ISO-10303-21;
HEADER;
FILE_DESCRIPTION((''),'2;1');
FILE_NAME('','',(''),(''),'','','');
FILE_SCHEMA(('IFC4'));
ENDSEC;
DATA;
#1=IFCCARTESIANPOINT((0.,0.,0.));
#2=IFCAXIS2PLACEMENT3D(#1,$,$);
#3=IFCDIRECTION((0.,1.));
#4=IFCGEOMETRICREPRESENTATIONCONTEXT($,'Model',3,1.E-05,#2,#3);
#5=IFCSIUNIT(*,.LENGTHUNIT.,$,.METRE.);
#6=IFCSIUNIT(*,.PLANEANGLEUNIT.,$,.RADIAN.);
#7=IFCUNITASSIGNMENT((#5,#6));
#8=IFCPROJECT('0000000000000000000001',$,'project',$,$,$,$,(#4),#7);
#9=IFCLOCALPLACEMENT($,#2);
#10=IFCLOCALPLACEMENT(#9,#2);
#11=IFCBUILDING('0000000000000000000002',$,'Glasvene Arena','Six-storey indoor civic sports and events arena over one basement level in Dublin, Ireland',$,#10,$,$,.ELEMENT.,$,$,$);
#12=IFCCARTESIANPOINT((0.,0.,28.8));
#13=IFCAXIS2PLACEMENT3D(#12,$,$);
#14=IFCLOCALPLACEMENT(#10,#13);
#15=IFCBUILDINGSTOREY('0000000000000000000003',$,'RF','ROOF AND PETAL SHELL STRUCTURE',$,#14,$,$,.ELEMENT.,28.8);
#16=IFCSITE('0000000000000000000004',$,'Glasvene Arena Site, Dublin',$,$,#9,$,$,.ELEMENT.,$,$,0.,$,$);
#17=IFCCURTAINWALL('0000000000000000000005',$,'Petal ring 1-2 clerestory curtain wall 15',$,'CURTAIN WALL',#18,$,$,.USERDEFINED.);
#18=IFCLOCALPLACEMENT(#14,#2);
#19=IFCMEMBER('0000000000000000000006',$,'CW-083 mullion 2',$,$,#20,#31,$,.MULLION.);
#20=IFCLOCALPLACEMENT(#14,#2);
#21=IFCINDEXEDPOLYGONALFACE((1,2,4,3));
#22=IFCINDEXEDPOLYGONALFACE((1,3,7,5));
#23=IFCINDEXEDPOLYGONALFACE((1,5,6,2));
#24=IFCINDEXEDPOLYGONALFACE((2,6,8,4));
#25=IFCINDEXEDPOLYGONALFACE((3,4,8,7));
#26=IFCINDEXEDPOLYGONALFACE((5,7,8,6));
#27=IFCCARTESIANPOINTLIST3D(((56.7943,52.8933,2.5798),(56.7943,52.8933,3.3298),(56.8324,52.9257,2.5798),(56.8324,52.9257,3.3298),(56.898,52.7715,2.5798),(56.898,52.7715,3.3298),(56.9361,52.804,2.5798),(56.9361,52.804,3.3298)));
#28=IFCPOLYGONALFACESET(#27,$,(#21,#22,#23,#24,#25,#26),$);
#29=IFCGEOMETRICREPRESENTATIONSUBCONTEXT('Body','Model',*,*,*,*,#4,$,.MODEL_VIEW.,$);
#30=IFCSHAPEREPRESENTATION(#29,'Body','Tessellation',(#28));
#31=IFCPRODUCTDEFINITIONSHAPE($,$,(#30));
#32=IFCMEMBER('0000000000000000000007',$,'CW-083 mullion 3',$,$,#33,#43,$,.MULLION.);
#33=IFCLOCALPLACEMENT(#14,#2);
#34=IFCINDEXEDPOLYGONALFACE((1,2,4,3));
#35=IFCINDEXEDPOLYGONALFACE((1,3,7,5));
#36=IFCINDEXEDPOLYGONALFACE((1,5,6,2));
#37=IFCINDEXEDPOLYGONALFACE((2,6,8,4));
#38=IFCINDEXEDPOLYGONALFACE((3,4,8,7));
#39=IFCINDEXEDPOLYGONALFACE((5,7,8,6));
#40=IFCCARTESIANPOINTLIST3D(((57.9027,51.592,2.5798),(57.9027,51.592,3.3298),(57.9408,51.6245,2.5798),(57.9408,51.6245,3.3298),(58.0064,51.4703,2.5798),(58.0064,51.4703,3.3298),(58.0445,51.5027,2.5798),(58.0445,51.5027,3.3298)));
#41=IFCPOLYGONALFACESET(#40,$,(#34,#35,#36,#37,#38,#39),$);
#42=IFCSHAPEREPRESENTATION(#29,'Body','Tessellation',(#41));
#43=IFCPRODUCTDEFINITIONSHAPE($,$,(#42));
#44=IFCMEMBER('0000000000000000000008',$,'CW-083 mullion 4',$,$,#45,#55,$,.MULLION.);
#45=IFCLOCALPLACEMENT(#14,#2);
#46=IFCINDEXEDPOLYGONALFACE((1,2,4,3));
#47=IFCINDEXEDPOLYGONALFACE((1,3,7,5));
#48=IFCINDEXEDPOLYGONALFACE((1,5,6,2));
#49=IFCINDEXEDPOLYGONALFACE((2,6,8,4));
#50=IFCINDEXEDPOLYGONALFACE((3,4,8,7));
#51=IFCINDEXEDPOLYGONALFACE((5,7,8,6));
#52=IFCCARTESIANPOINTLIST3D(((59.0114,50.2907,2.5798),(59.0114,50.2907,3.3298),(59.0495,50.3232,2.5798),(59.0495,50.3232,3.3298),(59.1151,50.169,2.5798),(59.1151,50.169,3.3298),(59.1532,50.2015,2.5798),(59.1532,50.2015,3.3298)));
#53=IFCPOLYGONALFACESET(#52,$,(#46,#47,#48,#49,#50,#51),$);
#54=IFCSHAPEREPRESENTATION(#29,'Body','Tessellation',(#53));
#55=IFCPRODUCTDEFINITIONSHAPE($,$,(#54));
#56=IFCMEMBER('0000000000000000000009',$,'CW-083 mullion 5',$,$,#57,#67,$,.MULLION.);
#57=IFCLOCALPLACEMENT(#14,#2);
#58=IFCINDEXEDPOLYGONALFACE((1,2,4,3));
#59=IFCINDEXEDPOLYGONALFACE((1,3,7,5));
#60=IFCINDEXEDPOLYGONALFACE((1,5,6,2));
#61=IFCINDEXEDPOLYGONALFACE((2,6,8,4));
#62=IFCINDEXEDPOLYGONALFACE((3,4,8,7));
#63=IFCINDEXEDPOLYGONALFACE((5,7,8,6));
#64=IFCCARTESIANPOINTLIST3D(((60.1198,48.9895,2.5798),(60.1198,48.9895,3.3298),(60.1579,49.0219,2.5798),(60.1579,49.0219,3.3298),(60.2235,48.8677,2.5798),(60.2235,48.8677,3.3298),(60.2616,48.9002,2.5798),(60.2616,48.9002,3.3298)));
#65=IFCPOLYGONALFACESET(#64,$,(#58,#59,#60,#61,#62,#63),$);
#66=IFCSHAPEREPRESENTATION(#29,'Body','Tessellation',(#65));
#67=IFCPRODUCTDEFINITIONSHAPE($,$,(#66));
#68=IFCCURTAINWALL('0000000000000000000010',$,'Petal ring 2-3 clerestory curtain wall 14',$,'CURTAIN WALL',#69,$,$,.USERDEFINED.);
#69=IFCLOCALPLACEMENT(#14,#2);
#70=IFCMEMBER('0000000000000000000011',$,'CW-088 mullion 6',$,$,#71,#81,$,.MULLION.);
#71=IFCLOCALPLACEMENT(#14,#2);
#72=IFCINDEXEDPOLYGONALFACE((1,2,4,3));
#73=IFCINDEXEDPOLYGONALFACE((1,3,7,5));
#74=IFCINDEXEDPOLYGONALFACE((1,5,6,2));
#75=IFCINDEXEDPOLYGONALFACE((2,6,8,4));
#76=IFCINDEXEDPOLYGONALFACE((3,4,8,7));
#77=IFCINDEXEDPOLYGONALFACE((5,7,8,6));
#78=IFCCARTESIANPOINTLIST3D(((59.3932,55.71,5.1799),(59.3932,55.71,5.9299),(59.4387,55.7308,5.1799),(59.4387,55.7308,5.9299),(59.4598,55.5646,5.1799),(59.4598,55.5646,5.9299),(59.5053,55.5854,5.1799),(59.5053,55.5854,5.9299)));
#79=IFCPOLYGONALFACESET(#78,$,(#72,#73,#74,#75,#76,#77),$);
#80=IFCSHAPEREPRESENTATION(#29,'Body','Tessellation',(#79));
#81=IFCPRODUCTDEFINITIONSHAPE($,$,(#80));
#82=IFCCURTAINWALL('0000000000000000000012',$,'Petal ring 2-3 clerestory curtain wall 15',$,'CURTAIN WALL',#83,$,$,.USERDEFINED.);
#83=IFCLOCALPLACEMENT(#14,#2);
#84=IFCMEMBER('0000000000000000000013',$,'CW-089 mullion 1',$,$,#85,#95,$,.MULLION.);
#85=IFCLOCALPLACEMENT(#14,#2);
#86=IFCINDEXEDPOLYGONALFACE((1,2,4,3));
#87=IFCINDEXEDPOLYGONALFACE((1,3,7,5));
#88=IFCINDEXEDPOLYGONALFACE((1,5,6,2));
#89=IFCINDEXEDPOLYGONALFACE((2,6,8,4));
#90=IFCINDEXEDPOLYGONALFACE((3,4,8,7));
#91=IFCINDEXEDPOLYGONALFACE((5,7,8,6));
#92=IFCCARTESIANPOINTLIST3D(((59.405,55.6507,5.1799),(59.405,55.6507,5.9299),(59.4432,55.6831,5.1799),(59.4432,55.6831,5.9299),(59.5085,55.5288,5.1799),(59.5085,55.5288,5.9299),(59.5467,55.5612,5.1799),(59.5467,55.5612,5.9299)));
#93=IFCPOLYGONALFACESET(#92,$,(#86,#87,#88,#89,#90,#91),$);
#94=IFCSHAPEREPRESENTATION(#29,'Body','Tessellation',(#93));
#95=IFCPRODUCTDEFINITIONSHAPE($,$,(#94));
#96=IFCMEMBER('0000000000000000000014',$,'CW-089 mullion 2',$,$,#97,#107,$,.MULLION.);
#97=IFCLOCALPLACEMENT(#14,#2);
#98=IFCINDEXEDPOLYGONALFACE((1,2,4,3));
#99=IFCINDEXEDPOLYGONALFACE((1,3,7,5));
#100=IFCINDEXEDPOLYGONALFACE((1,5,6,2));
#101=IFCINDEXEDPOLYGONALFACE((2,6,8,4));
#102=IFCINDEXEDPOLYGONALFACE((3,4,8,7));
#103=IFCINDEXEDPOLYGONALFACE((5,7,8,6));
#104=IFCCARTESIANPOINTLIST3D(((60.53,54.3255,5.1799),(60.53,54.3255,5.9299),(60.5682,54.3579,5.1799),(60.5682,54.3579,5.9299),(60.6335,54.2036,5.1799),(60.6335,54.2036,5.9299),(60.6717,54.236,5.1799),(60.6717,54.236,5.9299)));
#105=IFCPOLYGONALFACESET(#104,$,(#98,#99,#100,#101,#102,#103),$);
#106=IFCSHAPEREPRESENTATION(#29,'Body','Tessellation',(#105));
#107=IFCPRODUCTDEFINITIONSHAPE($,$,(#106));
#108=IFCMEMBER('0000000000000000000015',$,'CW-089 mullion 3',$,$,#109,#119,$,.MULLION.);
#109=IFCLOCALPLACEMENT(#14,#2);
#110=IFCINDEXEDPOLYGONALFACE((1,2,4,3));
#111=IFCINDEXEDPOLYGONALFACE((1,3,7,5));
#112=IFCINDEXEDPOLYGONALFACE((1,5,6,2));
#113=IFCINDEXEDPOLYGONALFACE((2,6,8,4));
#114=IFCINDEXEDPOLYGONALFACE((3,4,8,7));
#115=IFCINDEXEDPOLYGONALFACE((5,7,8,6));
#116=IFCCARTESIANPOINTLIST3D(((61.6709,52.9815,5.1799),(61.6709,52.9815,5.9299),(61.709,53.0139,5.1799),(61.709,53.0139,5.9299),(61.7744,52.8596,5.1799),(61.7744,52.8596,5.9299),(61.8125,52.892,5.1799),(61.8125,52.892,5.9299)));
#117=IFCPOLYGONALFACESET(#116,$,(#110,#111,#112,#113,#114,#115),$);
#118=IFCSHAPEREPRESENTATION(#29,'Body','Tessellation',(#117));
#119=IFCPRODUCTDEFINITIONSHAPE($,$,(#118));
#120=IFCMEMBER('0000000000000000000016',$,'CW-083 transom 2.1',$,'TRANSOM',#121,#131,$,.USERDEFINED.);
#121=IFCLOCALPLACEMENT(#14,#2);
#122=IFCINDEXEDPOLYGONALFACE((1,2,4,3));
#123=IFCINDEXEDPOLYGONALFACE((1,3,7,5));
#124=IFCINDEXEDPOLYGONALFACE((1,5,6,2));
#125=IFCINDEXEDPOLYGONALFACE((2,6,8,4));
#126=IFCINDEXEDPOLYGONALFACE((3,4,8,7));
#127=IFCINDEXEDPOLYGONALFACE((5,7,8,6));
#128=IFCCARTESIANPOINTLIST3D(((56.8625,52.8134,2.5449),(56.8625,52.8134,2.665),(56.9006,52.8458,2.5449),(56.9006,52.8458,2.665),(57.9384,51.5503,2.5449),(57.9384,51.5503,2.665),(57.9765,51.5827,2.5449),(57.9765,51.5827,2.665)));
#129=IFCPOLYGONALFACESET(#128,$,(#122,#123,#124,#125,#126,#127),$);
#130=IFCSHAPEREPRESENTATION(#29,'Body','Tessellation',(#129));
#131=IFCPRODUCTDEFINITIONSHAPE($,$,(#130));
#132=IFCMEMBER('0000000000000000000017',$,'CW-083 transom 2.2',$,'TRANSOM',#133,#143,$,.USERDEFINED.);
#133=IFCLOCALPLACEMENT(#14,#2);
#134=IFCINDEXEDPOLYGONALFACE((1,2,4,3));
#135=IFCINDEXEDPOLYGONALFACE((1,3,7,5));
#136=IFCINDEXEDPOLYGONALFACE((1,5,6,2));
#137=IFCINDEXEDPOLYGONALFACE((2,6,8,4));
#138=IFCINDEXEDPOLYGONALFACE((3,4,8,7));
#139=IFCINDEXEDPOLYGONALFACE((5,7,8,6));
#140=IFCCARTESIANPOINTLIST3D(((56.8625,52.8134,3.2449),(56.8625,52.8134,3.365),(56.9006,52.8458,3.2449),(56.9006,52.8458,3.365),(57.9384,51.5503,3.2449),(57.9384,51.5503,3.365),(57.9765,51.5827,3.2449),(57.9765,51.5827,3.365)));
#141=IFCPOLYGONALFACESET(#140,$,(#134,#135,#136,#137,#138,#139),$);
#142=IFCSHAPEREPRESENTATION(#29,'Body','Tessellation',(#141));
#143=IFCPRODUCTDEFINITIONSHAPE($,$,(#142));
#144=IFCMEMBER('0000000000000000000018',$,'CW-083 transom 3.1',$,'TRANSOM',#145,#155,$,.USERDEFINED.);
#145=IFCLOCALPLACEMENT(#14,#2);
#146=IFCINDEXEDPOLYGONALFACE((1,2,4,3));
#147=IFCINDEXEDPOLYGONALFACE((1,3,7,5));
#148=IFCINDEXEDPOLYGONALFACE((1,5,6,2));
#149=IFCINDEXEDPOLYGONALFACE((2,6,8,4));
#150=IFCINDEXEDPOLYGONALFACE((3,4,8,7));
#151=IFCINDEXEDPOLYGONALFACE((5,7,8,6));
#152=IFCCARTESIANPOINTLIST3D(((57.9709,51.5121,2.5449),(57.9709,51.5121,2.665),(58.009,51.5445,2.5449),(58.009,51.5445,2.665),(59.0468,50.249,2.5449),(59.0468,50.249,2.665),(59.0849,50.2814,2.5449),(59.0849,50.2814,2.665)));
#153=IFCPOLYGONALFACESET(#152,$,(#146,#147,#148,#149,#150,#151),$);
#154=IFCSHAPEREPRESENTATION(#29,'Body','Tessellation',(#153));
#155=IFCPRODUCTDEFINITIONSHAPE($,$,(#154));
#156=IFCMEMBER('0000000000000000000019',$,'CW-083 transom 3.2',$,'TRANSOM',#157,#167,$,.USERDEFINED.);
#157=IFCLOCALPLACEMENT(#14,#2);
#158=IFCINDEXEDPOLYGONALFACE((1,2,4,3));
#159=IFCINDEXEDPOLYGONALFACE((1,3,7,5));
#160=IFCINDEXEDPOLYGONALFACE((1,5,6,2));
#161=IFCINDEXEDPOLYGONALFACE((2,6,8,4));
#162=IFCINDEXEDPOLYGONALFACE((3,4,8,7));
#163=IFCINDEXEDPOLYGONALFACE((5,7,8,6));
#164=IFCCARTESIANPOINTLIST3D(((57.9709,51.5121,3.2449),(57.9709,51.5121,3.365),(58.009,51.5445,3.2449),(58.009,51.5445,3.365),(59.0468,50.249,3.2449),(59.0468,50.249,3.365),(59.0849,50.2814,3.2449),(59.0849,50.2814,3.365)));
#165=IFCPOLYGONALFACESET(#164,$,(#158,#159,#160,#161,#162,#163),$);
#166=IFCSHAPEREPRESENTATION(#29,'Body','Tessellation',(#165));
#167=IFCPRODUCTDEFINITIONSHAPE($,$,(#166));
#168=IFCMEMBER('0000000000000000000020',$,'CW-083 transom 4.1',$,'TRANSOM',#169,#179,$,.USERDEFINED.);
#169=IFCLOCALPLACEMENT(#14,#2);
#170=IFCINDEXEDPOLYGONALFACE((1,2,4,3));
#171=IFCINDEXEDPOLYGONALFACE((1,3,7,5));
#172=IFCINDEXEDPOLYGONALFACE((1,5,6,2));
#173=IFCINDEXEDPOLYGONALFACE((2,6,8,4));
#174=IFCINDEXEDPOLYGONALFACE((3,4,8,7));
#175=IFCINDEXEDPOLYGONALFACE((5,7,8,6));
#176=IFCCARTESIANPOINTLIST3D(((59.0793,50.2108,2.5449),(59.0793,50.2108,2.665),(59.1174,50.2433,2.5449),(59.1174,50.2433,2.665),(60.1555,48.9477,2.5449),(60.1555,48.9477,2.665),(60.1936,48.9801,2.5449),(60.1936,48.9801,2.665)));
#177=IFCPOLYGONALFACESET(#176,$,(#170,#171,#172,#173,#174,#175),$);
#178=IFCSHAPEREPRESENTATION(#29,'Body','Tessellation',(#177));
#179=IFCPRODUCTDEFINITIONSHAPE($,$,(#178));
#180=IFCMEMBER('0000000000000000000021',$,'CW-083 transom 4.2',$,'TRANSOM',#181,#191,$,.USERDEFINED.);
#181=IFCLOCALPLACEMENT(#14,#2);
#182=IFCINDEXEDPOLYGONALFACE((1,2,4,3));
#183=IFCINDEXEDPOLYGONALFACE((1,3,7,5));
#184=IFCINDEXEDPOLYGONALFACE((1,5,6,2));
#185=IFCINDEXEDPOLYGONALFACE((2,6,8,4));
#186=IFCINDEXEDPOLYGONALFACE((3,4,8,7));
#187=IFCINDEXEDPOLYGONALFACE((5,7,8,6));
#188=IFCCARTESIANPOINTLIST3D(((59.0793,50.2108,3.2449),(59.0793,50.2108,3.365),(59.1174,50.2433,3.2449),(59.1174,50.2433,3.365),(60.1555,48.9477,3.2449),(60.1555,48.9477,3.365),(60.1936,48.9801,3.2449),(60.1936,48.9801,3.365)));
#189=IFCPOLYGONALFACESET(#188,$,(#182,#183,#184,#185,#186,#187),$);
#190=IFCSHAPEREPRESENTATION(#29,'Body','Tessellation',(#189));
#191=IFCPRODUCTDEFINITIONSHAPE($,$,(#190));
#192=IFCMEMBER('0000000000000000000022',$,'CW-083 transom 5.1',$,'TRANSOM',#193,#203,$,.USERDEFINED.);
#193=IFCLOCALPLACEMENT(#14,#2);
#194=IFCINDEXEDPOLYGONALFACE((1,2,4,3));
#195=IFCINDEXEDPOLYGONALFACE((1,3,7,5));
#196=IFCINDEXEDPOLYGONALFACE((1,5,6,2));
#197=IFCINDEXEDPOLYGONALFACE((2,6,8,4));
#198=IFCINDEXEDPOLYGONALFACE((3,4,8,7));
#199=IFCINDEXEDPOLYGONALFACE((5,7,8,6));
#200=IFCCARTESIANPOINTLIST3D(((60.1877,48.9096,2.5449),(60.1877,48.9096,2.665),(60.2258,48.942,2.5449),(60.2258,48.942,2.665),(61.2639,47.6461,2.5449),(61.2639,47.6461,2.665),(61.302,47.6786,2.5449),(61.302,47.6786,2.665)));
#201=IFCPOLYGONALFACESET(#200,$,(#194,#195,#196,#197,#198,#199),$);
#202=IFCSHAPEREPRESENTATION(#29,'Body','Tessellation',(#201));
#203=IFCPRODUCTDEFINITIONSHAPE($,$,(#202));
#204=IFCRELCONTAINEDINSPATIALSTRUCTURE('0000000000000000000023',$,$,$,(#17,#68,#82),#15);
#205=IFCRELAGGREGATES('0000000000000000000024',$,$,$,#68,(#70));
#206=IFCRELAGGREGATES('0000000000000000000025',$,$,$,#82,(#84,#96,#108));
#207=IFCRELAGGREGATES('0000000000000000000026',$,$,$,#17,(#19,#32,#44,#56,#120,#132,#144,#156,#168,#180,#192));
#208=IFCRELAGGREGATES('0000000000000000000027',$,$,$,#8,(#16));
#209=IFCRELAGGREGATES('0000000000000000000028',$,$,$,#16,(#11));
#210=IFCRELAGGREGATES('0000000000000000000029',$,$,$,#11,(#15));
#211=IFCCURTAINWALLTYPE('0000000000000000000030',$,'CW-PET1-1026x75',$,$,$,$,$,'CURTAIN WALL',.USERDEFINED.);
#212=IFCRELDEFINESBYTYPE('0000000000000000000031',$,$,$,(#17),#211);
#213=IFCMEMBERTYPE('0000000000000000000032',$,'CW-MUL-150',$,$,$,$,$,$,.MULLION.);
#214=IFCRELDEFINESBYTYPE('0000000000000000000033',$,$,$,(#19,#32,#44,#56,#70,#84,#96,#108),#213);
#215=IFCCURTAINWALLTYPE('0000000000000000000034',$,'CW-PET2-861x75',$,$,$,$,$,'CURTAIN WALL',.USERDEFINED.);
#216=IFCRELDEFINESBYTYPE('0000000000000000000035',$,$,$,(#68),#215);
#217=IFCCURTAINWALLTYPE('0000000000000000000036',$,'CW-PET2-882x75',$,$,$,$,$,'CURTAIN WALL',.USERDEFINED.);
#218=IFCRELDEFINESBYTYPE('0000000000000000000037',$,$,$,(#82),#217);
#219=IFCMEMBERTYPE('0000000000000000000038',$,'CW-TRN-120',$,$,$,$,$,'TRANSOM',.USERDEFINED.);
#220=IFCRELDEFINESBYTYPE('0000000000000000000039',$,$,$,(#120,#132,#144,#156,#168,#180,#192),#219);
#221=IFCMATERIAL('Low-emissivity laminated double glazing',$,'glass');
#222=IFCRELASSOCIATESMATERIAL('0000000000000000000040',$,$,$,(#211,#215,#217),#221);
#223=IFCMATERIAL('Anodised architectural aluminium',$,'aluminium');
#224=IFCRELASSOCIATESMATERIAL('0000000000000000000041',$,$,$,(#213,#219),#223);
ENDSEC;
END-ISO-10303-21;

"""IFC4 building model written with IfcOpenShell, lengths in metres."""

from ifc_helpers import new_model, si_unit, direction, frame, origin, origin_2d, place, context, subcontext, project, spatial, rectangle, extrude, material, material_profile, profile_set, type_object, element, aggregate, save


model = new_model("IFC4")

# Units and contexts
model_context = context("Model", 3, precision=1e-05, world=origin(), true_north=direction((0.0, 1.0)))
body_context = subcontext(model_context, "Body", "Model", "MODEL_VIEW")
ifc_project = project(units=[si_unit("LENGTHUNIT", "METRE"), si_unit("PLANEANGLEUNIT", "RADIAN")], contexts=[model_context])

# Site, building, storey
site_placement = place(None, origin())
site = spatial("IfcSite", under=ifc_project, at=site_placement, Name="Glasvene Arena Site, Dublin", CompositionType="ELEMENT", RefElevation=0.0)
building_placement = place(site_placement, origin())
building = spatial("IfcBuilding", under=site, at=building_placement, Name="Glasvene Arena", Description="Six-storey indoor civic sports and events arena over one basement level in Dublin, Ireland", CompositionType="ELEMENT")
storey_placement = place(building_placement, frame((0.0, 0.0, 28.8)))
storey = spatial("IfcBuildingStorey", under=building, at=storey_placement, Name="RF", Description="ROOF AND PETAL SHELL STRUCTURE", CompositionType="ELEMENT", Elevation=28.8)

# Curtain wall, members
ifc_material_1 = material(Name="Low-emissivity laminated double glazing", Category="glass")
curtain_wall_type_1 = type_object("IfcCurtainWallType", Name="CW-PET1-1026x75", ElementType="CURTAIN WALL", PredefinedType="USERDEFINED", material=ifc_material_1)
curtain_wall_1_placement = place(storey_placement, frame((55.7568, 54.1499, 0.0)))
curtain_wall_1 = element("IfcCurtainWall", 1, at=curtain_wall_1_placement, inside=storey, type_object=curtain_wall_type_1, Name="Petal ring 1-2 clerestory curtain wall 15", ObjectType="CURTAIN WALL", PredefinedType="USERDEFINED")
ifc_material_2 = material(Name="Anodised architectural aluminium", Category="aluminium")
ifc_material_profile_1 = material_profile(ifc_material_2, rectangle(XDim=0.05, YDim=0.1599, at=origin_2d()), Name="ALU MULLION 50x160")
ifc_profile_set_1 = profile_set([ifc_material_profile_1], Name="Anodised architectural aluminium")
member_type_1 = type_object("IfcMemberType", Name="CW-MUL-150", PredefinedType="MULLION", material=ifc_profile_set_1)
member_1_placement = place(storey_placement, frame((56.8652, 52.8486, 2.5798), z_axis=(0.0, 0.0, 1.0), x_axis=(0.761261, 0.648445, 0.0)))
member_1 = element("IfcMember", 2, at=member_1_placement, type_object=member_type_1, Name="CW-083 mullion 2", PredefinedType="MULLION", context=body_context, shape_type="SweptSolid", body=[
    extrude(rectangle(XDim=0.05, YDim=0.1599, at=origin_2d()), origin(), (0.0, 0.0, 1.0), 0.75),
])
member_2_placement = place(storey_placement, frame((57.9736, 51.5474, 2.5798), z_axis=(0.0, 0.0, 1.0), x_axis=(0.761261, 0.648445, 0.0)))
member_2 = element("IfcMember", 3, at=member_2_placement, type_object=member_type_1, Name="CW-083 mullion 3", PredefinedType="MULLION", context=body_context, shape_type="SweptSolid", body=[
    extrude(rectangle(XDim=0.05, YDim=0.1599, at=origin_2d()), origin(), (0.0, 0.0, 1.0), 0.75),
])
member_3_placement = place(storey_placement, frame((59.0823, 50.2461, 2.5798), z_axis=(0.0, 0.0, 1.0), x_axis=(0.761261, 0.648445, 0.0)))
member_3 = element("IfcMember", 4, at=member_3_placement, type_object=member_type_1, Name="CW-083 mullion 4", PredefinedType="MULLION", context=body_context, shape_type="SweptSolid", body=[
    extrude(rectangle(XDim=0.05, YDim=0.1599, at=origin_2d()), origin(), (0.0, 0.0, 1.0), 0.75),
])
member_4_placement = place(storey_placement, frame((60.1907, 48.9448, 2.5798), z_axis=(0.0, 0.0, 1.0), x_axis=(0.761261, 0.648445, 0.0)))
member_4 = element("IfcMember", 5, at=member_4_placement, type_object=member_type_1, Name="CW-083 mullion 5", PredefinedType="MULLION", context=body_context, shape_type="SweptSolid", body=[
    extrude(rectangle(XDim=0.05, YDim=0.1599, at=origin_2d()), origin(), (0.0, 0.0, 1.0), 0.75),
])

# Curtain wall, member
curtain_wall_type_2 = type_object("IfcCurtainWallType", Name="CW-PET2-861x75", ElementType="CURTAIN WALL", PredefinedType="USERDEFINED", material=ifc_material_1)
curtain_wall_2_placement = place(storey_placement, frame((55.8733, 63.4514, 0.0)))
curtain_wall_2 = element("IfcCurtainWall", 6, at=curtain_wall_2_placement, inside=storey, type_object=curtain_wall_type_2, Name="Petal ring 2-3 clerestory curtain wall 14", ObjectType="CURTAIN WALL", PredefinedType="USERDEFINED")
member_5_placement = place(storey_placement, frame((59.4492, 55.6477, 5.1799), z_axis=(0.0, 0.0, 1.0), x_axis=(0.909094, 0.416592, 0.0)))
member_5 = element("IfcMember", 7, at=member_5_placement, type_object=member_type_1, Name="CW-088 mullion 6", PredefinedType="MULLION", context=body_context, shape_type="SweptSolid", body=[
    extrude(rectangle(XDim=0.05, YDim=0.1599, at=origin_2d()), origin(), (0.0, 0.0, 1.0), 0.75),
])
aggregate(curtain_wall_2, [member_5])

# Curtain wall, members
curtain_wall_type_3 = type_object("IfcCurtainWallType", Name="CW-PET2-882x75", ElementType="CURTAIN WALL", PredefinedType="USERDEFINED", material=ifc_material_1)
curtain_wall_3_placement = place(storey_placement, frame((59.4597, 55.625, 0.0)))
curtain_wall_3 = element("IfcCurtainWall", 8, at=curtain_wall_3_placement, inside=storey, type_object=curtain_wall_type_3, Name="Petal ring 2-3 clerestory curtain wall 15", ObjectType="CURTAIN WALL", PredefinedType="USERDEFINED")
member_6_placement = place(storey_placement, frame((59.4758, 55.606, 5.1799), z_axis=(0.0, 0.0, 1.0), x_axis=(0.762348, 0.647167, 0.0)))
member_6 = element("IfcMember", 9, at=member_6_placement, type_object=member_type_1, Name="CW-089 mullion 1", PredefinedType="MULLION", context=body_context, shape_type="SweptSolid", body=[
    extrude(rectangle(XDim=0.05, YDim=0.1599, at=origin_2d()), origin(), (0.0, 0.0, 1.0), 0.75),
])
member_7_placement = place(storey_placement, frame((60.6008, 54.2808, 5.1799), z_axis=(0.0, 0.0, 1.0), x_axis=(0.762348, 0.647167, 0.0)))
member_7 = element("IfcMember", 10, at=member_7_placement, type_object=member_type_1, Name="CW-089 mullion 2", PredefinedType="MULLION", context=body_context, shape_type="SweptSolid", body=[
    extrude(rectangle(XDim=0.05, YDim=0.1599, at=origin_2d()), origin(), (0.0, 0.0, 1.0), 0.75),
])
member_8_placement = place(storey_placement, frame((61.7417, 52.9368, 5.1799), z_axis=(0.0, 0.0, 1.0), x_axis=(0.762348, 0.647167, 0.0)))
member_8 = element("IfcMember", 11, at=member_8_placement, type_object=member_type_1, Name="CW-089 mullion 3", PredefinedType="MULLION", context=body_context, shape_type="SweptSolid", body=[
    extrude(rectangle(XDim=0.05, YDim=0.1599, at=origin_2d()), origin(), (0.0, 0.0, 1.0), 0.75),
])
aggregate(curtain_wall_3, [member_6, member_7, member_8])

# Members
ifc_material_profile_2 = material_profile(ifc_material_2, rectangle(XDim=0.05, YDim=0.1201, at=origin_2d()), Name="ALU TRANSOM 50x120")
ifc_profile_set_2 = profile_set([ifc_material_profile_2], Name="Anodised architectural aluminium")
member_type_2 = type_object("IfcMemberType", Name="CW-TRN-120", ElementType="TRANSOM", PredefinedType="USERDEFINED", material=ifc_profile_set_2)
member_9_placement = place(storey_placement, frame((56.8816, 52.8296, 2.605), z_axis=(0.648425, -0.761278, 0.0), x_axis=(0.761278, 0.648425, 0.0)))
member_9 = element("IfcMember", 12, at=member_9_placement, type_object=member_type_2, Name="CW-083 transom 2.1", ObjectType="TRANSOM", PredefinedType="USERDEFINED", context=body_context, shape_type="SweptSolid", body=[
    extrude(rectangle(XDim=0.05, YDim=0.1201, at=origin_2d()), origin(), (0.0, 0.0, 1.0), 1.6592),
])
member_10_placement = place(storey_placement, frame((56.8816, 52.8296, 3.3049), z_axis=(0.648425, -0.761278, 0.0), x_axis=(0.761278, 0.648425, 0.0)))
member_10 = element("IfcMember", 13, at=member_10_placement, type_object=member_type_2, Name="CW-083 transom 2.2", ObjectType="TRANSOM", PredefinedType="USERDEFINED", context=body_context, shape_type="SweptSolid", body=[
    extrude(rectangle(XDim=0.05, YDim=0.1201, at=origin_2d()), origin(), (0.0, 0.0, 1.0), 1.6592),
])
member_11_placement = place(storey_placement, frame((57.99, 51.5283, 2.605), z_axis=(0.648425, -0.761278, 0.0), x_axis=(0.761278, 0.648425, 0.0)))
member_11 = element("IfcMember", 14, at=member_11_placement, type_object=member_type_2, Name="CW-083 transom 3.1", ObjectType="TRANSOM", PredefinedType="USERDEFINED", context=body_context, shape_type="SweptSolid", body=[
    extrude(rectangle(XDim=0.05, YDim=0.1201, at=origin_2d()), origin(), (0.0, 0.0, 1.0), 1.6592),
])
member_12_placement = place(storey_placement, frame((57.99, 51.5283, 3.3049), z_axis=(0.648425, -0.761278, 0.0), x_axis=(0.761278, 0.648425, 0.0)))
member_12 = element("IfcMember", 15, at=member_12_placement, type_object=member_type_2, Name="CW-083 transom 3.2", ObjectType="TRANSOM", PredefinedType="USERDEFINED", context=body_context, shape_type="SweptSolid", body=[
    extrude(rectangle(XDim=0.05, YDim=0.1201, at=origin_2d()), origin(), (0.0, 0.0, 1.0), 1.6592),
])
member_13_placement = place(storey_placement, frame((59.0984, 50.2271, 2.605), z_axis=(0.648511, -0.761206, 0.0), x_axis=(0.761206, 0.648511, 0.0)))
member_13 = element("IfcMember", 16, at=member_13_placement, type_object=member_type_2, Name="CW-083 transom 4.1", ObjectType="TRANSOM", PredefinedType="USERDEFINED", context=body_context, shape_type="SweptSolid", body=[
    extrude(rectangle(XDim=0.05, YDim=0.1201, at=origin_2d()), origin(), (0.0, 0.0, 1.0), 1.6594),
])
member_14_placement = place(storey_placement, frame((59.0984, 50.2271, 3.3049), z_axis=(0.648511, -0.761206, 0.0), x_axis=(0.761206, 0.648511, 0.0)))
member_14 = element("IfcMember", 17, at=member_14_placement, type_object=member_type_2, Name="CW-083 transom 4.2", ObjectType="TRANSOM", PredefinedType="USERDEFINED", context=body_context, shape_type="SweptSolid", body=[
    extrude(rectangle(XDim=0.05, YDim=0.1201, at=origin_2d()), origin(), (0.0, 0.0, 1.0), 1.6594),
])
member_15_placement = place(storey_placement, frame((60.2068, 48.9258, 2.605), z_axis=(0.648438, -0.761267, 0.0), x_axis=(0.761267, 0.648438, 0.0)))
member_15 = element("IfcMember", 18, at=member_15_placement, type_object=member_type_2, Name="CW-083 transom 5.1", ObjectType="TRANSOM", PredefinedType="USERDEFINED", context=body_context, shape_type="SweptSolid", body=[
    extrude(rectangle(XDim=0.05, YDim=0.1201, at=origin_2d()), origin(), (0.0, 0.0, 1.0), 1.6597),
])

aggregate(curtain_wall_1, [member_1, member_2, member_3, member_4, member_9, member_10, member_11, member_12, member_13, member_14, member_15])

save(model, "model.ifc")
